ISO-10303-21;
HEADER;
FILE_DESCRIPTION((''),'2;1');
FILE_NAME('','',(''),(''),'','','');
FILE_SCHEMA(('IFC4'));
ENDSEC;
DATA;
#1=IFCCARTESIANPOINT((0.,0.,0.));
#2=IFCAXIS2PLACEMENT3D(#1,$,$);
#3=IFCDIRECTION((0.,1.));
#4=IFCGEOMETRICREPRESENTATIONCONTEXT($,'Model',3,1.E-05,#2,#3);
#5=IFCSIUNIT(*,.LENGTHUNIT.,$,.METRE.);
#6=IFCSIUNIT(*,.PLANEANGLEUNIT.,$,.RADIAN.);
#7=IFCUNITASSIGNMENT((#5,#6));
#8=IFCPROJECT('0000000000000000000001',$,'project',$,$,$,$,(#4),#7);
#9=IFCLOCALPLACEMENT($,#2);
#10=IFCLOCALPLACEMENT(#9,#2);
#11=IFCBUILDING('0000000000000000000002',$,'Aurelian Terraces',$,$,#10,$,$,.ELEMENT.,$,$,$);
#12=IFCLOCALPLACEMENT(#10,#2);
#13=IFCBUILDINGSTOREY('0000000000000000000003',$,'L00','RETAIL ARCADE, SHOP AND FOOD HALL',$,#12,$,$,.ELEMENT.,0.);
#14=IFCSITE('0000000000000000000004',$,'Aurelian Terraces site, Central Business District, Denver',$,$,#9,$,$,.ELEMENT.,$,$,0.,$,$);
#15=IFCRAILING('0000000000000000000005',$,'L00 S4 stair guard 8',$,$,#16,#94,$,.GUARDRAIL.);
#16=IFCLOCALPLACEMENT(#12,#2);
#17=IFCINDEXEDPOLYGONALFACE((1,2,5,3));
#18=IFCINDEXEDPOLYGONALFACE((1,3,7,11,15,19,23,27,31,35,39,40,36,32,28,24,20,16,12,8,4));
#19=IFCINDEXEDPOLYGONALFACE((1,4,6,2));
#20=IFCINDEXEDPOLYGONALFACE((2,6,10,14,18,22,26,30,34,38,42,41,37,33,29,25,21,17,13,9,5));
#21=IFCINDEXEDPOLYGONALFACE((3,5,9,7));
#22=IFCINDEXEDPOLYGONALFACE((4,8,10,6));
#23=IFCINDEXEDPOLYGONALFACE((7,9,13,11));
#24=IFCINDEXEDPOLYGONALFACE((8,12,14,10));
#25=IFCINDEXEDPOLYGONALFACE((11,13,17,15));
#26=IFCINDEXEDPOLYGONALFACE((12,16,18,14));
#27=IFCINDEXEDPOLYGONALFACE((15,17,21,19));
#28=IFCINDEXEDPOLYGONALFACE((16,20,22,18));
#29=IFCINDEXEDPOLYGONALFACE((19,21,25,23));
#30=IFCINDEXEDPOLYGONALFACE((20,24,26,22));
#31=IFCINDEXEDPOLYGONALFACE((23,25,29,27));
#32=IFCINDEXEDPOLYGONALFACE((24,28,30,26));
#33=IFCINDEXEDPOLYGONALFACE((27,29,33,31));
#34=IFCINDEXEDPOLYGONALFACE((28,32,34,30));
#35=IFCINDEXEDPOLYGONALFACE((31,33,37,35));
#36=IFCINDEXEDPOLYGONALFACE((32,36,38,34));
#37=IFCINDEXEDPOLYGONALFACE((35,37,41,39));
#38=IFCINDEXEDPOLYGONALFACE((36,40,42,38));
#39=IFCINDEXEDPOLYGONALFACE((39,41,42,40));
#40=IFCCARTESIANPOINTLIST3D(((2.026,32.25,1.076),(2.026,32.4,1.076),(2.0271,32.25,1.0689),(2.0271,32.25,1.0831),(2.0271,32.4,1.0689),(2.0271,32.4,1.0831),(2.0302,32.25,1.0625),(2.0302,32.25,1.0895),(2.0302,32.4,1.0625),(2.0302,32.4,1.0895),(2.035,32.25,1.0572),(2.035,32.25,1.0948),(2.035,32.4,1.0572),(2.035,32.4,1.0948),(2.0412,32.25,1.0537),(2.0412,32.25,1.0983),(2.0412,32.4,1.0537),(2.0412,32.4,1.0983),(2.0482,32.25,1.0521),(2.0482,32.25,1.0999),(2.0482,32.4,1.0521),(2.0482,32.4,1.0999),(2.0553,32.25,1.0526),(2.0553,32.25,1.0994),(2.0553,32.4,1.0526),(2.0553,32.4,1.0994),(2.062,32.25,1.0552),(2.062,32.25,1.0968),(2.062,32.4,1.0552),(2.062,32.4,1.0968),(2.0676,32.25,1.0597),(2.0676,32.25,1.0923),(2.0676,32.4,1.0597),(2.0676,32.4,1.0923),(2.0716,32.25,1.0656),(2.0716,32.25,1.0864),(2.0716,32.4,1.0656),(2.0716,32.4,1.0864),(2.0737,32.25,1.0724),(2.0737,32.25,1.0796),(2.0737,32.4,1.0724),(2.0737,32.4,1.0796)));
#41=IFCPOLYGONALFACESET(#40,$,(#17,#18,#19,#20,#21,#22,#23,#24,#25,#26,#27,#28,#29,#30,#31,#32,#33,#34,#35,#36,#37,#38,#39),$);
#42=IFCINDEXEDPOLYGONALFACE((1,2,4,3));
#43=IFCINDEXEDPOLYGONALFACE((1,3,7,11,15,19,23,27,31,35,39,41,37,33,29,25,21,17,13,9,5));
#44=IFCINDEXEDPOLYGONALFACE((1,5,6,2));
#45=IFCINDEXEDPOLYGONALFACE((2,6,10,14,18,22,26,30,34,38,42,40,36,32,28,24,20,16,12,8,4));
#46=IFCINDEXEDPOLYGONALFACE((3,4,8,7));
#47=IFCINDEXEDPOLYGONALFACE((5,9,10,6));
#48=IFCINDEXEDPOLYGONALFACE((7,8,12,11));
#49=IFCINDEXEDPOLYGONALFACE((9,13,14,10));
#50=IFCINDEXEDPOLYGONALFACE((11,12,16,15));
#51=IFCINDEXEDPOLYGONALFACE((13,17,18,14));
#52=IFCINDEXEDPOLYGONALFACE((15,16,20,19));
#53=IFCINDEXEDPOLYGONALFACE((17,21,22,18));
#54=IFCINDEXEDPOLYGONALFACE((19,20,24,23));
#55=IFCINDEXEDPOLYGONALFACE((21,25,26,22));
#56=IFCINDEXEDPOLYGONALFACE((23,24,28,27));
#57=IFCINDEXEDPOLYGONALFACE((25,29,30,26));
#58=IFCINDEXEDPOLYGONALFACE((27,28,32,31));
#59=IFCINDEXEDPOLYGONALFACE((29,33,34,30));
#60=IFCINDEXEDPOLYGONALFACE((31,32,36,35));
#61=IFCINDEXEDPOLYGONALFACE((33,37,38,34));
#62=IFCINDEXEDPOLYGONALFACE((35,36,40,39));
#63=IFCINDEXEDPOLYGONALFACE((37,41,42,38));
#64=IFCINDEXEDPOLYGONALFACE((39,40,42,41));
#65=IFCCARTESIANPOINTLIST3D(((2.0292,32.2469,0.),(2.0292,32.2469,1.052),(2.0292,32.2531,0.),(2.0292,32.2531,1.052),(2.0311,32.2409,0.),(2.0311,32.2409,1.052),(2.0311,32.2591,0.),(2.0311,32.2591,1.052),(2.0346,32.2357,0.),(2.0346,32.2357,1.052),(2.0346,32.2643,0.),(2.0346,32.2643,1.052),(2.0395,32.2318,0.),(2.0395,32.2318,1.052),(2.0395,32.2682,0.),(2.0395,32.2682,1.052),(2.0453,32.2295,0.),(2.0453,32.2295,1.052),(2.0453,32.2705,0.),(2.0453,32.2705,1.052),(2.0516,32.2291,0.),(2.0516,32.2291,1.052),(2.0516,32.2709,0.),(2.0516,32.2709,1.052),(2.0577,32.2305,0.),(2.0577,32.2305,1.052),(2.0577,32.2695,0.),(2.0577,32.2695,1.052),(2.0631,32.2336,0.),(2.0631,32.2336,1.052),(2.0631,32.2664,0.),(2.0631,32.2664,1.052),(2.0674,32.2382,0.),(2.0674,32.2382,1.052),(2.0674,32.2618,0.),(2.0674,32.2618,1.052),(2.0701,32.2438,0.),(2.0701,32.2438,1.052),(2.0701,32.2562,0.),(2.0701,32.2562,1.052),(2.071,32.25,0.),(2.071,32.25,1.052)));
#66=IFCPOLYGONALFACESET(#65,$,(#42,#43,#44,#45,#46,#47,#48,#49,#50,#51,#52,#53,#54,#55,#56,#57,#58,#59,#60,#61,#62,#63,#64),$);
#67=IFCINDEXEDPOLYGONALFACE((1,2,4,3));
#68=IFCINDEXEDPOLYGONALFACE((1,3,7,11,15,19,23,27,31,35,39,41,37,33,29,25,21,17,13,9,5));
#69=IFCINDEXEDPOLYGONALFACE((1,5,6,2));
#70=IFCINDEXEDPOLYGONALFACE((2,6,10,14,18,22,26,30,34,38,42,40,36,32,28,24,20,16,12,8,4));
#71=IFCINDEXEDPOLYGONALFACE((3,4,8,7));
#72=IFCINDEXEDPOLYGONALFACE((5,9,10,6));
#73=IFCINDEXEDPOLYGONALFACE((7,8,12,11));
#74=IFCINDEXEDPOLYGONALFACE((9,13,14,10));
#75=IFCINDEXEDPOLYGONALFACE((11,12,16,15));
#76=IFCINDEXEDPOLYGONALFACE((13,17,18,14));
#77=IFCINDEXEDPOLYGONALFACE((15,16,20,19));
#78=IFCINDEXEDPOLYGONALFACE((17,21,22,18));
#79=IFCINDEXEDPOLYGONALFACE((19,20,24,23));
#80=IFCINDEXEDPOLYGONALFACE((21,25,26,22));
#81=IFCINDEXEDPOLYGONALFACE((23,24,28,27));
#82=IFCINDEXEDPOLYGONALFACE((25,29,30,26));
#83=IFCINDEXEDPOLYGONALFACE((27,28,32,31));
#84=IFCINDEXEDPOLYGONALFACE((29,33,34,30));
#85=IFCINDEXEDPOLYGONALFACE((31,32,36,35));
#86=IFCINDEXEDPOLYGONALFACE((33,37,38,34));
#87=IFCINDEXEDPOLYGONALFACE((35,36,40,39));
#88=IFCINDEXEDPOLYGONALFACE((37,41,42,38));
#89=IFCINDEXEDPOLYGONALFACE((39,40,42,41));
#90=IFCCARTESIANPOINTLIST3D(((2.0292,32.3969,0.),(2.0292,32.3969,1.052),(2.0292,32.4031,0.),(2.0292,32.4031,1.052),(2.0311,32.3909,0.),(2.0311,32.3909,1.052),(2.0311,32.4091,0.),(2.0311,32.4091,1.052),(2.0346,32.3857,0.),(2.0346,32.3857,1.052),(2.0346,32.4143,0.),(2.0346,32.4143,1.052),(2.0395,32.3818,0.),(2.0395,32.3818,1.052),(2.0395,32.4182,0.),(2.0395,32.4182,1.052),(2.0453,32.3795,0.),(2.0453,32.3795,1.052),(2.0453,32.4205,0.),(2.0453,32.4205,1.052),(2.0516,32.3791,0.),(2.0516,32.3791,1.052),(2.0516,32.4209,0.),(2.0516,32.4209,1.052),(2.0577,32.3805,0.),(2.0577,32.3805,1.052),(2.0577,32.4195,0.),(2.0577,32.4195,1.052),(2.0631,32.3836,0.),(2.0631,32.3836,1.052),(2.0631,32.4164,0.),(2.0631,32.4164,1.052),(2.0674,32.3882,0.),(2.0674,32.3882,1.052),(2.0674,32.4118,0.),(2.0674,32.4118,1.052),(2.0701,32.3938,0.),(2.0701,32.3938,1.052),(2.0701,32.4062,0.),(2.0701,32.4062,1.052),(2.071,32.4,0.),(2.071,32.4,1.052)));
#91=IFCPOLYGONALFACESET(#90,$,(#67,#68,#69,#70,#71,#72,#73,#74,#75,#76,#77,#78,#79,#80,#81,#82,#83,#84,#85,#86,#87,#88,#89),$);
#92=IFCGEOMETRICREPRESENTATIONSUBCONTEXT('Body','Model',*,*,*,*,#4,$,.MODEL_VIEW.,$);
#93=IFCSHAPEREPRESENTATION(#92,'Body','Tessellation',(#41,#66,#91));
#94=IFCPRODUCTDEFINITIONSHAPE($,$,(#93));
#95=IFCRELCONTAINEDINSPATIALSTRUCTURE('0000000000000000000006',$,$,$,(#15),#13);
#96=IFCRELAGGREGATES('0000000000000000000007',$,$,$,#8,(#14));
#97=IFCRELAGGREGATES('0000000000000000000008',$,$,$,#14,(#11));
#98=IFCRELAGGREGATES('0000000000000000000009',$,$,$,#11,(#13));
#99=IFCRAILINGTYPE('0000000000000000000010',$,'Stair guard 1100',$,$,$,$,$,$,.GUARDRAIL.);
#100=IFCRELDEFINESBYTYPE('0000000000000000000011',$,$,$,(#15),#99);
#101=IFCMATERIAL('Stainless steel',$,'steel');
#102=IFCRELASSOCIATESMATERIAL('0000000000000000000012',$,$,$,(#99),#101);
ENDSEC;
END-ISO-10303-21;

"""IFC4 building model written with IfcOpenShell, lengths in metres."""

from ifc_helpers import new_model, si_unit, direction, frame, origin, origin_2d, place, context, subcontext, project, spatial, circle, extrude, source, transform, mapped, material, type_object, element, save


model = new_model("IFC4")

# Units and contexts
model_context = context("Model", 3, precision=1e-05, world=origin(), true_north=direction((0.0, 1.0)))
body_context = subcontext(model_context, "Body", "Model", "MODEL_VIEW")
ifc_project = project(units=[si_unit("LENGTHUNIT", "METRE"), si_unit("PLANEANGLEUNIT", "RADIAN")], contexts=[model_context])

# Site, building, storey
site_placement = place(None, origin())
site = spatial("IfcSite", under=ifc_project, at=site_placement, Name="Aurelian Terraces site, Central Business District, Denver", CompositionType="ELEMENT", RefElevation=0.0)
building_placement = place(site_placement, origin())
building = spatial("IfcBuilding", under=site, at=building_placement, Name="Aurelian Terraces", CompositionType="ELEMENT")
storey_placement = place(building_placement, origin())
storey = spatial("IfcBuildingStorey", under=building, at=storey_placement, Name="L00", Description="RETAIL ARCADE, SHOP AND FOOD HALL", CompositionType="ELEMENT", Elevation=0.0)

# Railing
ifc_material_1 = material(Name="Stainless steel", Category="steel")
railing_type_1 = type_object("IfcRailingType", Name="Stair guard 1100", PredefinedType="GUARDRAIL", material=ifc_material_1)
shared_shape_1 = source(origin(), body_context, "Body", "SweptSolid", [
    extrude(circle(Radius=0.024, at=origin_2d()), frame((0.0, 0.0, 1.076), z_axis=(0.0, 1.0, 0.0), x_axis=(-1.0, 0.0, 0.0)), (0.0, 0.0, 1.0), 0.15),
    extrude(circle(Radius=0.021, at=origin_2d()), origin(), (0.0, 0.0, 1.0), 1.052),
    extrude(circle(Radius=0.021, at=origin_2d()), frame((0.0, 0.15, 0.0)), (0.0, 0.0, 1.0), 1.052),
])
for number, where, name in (
    (1, (2.05, 32.25, 0.0), "L00 S4 stair guard 8"),
):
    element("IfcRailing", number, at=place(storey_placement, frame(where)), inside=storey, type_object=railing_type_1, Name=name, PredefinedType="GUARDRAIL", context=body_context, shape_type="MappedRepresentation", body=[
        mapped(shared_shape_1, transform((0.0, 0.0, 0.0), scale=1.0)),
    ])

save(model, "model.ifc")
